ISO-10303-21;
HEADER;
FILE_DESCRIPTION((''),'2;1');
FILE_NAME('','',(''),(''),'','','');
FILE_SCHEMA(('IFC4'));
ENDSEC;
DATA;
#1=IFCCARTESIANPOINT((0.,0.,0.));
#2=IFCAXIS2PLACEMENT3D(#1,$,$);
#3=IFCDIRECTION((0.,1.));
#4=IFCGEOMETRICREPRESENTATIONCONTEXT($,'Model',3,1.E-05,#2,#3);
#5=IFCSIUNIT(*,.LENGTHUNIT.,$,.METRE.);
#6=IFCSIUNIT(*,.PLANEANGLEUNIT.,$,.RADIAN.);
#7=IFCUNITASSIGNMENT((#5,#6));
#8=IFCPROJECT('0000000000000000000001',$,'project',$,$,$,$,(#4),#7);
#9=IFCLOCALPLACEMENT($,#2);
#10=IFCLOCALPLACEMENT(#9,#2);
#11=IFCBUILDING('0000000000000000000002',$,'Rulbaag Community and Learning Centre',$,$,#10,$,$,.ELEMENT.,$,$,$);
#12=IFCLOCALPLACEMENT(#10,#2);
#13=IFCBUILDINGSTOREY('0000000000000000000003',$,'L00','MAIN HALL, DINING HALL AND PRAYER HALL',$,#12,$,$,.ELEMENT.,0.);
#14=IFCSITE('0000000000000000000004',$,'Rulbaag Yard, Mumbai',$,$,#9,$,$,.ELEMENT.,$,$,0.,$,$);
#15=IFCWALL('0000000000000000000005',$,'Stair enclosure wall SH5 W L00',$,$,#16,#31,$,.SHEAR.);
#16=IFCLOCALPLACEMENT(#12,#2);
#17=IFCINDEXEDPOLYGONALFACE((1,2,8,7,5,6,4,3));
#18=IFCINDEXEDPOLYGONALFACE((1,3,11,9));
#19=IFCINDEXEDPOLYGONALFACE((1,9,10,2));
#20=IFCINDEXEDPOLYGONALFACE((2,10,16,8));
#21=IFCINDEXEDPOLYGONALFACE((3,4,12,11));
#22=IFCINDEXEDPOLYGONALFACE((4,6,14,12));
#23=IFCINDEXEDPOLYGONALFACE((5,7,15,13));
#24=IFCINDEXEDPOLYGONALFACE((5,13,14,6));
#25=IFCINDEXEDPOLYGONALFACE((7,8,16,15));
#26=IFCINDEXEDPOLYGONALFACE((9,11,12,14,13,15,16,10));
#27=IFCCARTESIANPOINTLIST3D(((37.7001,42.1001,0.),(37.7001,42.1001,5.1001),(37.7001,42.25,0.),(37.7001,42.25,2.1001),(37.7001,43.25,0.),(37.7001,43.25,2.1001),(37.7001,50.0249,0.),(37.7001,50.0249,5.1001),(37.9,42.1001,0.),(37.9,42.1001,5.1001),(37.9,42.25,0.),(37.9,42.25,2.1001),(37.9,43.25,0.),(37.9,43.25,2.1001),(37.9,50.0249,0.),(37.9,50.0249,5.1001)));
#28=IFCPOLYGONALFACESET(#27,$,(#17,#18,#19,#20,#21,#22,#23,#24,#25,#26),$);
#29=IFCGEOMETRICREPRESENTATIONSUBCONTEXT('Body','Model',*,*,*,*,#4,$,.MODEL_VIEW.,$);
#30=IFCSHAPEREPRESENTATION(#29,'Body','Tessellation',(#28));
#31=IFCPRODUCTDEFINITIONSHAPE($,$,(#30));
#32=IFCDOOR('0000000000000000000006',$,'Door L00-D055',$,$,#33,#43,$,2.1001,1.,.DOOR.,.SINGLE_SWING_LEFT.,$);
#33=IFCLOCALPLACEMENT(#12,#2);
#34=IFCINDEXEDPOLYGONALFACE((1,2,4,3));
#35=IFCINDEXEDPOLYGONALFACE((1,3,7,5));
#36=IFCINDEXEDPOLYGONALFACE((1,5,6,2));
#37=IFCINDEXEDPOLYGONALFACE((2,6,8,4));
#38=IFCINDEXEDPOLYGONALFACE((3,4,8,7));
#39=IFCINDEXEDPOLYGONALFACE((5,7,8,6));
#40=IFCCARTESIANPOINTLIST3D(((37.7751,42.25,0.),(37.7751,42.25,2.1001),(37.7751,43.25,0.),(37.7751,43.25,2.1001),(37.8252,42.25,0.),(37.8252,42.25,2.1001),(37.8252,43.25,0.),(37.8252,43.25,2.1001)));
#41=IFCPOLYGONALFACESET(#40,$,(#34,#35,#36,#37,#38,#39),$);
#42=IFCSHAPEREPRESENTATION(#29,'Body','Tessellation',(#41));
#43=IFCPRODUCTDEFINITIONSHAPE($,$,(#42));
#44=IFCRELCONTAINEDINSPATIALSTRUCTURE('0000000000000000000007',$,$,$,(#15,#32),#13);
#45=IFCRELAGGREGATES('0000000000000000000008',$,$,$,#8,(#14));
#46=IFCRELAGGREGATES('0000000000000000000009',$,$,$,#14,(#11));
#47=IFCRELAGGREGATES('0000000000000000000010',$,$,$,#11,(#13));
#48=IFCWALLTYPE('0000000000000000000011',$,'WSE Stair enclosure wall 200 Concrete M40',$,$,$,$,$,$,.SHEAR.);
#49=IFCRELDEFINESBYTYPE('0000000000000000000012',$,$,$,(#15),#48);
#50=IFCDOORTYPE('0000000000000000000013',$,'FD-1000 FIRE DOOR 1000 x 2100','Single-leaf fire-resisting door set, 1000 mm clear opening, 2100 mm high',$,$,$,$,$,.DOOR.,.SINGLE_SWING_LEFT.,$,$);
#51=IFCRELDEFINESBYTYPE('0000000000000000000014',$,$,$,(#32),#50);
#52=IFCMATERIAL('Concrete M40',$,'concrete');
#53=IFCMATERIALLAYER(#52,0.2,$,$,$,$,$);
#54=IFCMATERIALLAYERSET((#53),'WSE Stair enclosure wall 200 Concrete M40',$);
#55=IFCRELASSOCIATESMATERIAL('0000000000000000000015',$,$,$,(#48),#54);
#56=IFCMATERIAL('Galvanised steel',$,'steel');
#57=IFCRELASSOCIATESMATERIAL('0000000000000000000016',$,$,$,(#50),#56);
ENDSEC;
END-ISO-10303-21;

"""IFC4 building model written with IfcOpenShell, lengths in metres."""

from ifc_helpers import new_model, si_unit, direction, frame, frame_2d, origin, place, context, subcontext, project, spatial, rectangle, extrude, material, layer, layer_set, type_object, element, fill, save


model = new_model("IFC4")

# Units and contexts
model_context = context("Model", 3, precision=1e-05, world=origin(), true_north=direction((0.0, 1.0)))
body_context = subcontext(model_context, "Body", "Model", "MODEL_VIEW")
ifc_project = project(units=[si_unit("LENGTHUNIT", "METRE"), si_unit("PLANEANGLEUNIT", "RADIAN")], contexts=[model_context])

# Site, building, storey
site_placement = place(None, origin())
site = spatial("IfcSite", under=ifc_project, at=site_placement, Name="Rulbaag Yard, Mumbai", CompositionType="ELEMENT", RefElevation=0.0)
building_placement = place(site_placement, origin())
building = spatial("IfcBuilding", under=site, at=building_placement, Name="Rulbaag Community and Learning Centre", CompositionType="ELEMENT")
storey_placement = place(building_placement, origin())
storey = spatial("IfcBuildingStorey", under=building, at=storey_placement, Name="L00", Description="MAIN HALL, DINING HALL AND PRAYER HALL", CompositionType="ELEMENT", Elevation=0.0)

# Shared definitions
ifc_material_1 = material(Name="Concrete M40", Category="concrete")

# Wall, opening, door
ifc_layer_1 = layer(ifc_material_1, 0.2)
ifc_layer_set_1 = layer_set([ifc_layer_1], Name="WSE Stair enclosure wall 200 Concrete M40")
wall_type_1 = type_object("IfcWallType", Name="WSE Stair enclosure wall 200 Concrete M40", PredefinedType="SHEAR", material=ifc_layer_set_1)
ifc_material_2 = material(Name="Galvanised steel", Category="steel")
door_type_1 = type_object("IfcDoorType", Name="FD-1000 FIRE DOOR 1000 x 2100", Description="Single-leaf fire-resisting door set, 1000 mm clear opening, 2100 mm high", OperationType="SINGLE_SWING_LEFT", PredefinedType="DOOR", material=ifc_material_2)
wall_1_placement = place(storey_placement, frame((37.8, 42.1001, 0.0), z_axis=(0.0, 0.0, 1.0), x_axis=(0.0, 1.0, 0.0)))
wall_1 = element("IfcWall", 1, at=wall_1_placement, inside=storey, type_object=wall_type_1, Name="Stair enclosure wall SH5 W L00", PredefinedType="SHEAR", context=body_context, shape_type="SweptSolid", body=[
    extrude(rectangle(XDim=7.9248, YDim=0.2, at=frame_2d((3.9624, 0.0))), origin(), (0.0, 0.0, 1.0), 5.1001),
])
opening_1_placement = place(wall_1_placement, frame((0.1499, 0.0, 0.0)))
opening_1 = element("IfcOpeningElement", 2, at=opening_1_placement, cuts=wall_1, PredefinedType="OPENING", context=body_context, shape_type="SweptSolid", body=[
    extrude(rectangle(XDim=1.0, YDim=2.1001, at=frame_2d((0.5, 1.05))), frame((0.0, 0.1099, 0.0), z_axis=(0.0, -1.0, 0.0), x_axis=(1.0, 0.0, 0.0)), (0.0, 0.0, 1.0), 0.22),
])
door_1_placement = place(opening_1_placement, origin())
door_1 = element("IfcDoor", 3, at=door_1_placement, inside=storey, type_object=door_type_1, Name="Door L00-D055", OperationType="SINGLE_SWING_LEFT", OverallHeight=2.1001, OverallWidth=1.0, PredefinedType="DOOR", context=body_context, shape_type="SweptSolid", body=[
    extrude(rectangle(XDim=1.0, YDim=2.1001, at=frame_2d((0.5, 1.05))), frame((0.0, 0.0249, 0.0), z_axis=(0.0, -1.0, 0.0), x_axis=(1.0, 0.0, 0.0)), (0.0, 0.0, 1.0), 0.05),
])
fill(opening_1, door_1)

save(model, "model.ifc")
